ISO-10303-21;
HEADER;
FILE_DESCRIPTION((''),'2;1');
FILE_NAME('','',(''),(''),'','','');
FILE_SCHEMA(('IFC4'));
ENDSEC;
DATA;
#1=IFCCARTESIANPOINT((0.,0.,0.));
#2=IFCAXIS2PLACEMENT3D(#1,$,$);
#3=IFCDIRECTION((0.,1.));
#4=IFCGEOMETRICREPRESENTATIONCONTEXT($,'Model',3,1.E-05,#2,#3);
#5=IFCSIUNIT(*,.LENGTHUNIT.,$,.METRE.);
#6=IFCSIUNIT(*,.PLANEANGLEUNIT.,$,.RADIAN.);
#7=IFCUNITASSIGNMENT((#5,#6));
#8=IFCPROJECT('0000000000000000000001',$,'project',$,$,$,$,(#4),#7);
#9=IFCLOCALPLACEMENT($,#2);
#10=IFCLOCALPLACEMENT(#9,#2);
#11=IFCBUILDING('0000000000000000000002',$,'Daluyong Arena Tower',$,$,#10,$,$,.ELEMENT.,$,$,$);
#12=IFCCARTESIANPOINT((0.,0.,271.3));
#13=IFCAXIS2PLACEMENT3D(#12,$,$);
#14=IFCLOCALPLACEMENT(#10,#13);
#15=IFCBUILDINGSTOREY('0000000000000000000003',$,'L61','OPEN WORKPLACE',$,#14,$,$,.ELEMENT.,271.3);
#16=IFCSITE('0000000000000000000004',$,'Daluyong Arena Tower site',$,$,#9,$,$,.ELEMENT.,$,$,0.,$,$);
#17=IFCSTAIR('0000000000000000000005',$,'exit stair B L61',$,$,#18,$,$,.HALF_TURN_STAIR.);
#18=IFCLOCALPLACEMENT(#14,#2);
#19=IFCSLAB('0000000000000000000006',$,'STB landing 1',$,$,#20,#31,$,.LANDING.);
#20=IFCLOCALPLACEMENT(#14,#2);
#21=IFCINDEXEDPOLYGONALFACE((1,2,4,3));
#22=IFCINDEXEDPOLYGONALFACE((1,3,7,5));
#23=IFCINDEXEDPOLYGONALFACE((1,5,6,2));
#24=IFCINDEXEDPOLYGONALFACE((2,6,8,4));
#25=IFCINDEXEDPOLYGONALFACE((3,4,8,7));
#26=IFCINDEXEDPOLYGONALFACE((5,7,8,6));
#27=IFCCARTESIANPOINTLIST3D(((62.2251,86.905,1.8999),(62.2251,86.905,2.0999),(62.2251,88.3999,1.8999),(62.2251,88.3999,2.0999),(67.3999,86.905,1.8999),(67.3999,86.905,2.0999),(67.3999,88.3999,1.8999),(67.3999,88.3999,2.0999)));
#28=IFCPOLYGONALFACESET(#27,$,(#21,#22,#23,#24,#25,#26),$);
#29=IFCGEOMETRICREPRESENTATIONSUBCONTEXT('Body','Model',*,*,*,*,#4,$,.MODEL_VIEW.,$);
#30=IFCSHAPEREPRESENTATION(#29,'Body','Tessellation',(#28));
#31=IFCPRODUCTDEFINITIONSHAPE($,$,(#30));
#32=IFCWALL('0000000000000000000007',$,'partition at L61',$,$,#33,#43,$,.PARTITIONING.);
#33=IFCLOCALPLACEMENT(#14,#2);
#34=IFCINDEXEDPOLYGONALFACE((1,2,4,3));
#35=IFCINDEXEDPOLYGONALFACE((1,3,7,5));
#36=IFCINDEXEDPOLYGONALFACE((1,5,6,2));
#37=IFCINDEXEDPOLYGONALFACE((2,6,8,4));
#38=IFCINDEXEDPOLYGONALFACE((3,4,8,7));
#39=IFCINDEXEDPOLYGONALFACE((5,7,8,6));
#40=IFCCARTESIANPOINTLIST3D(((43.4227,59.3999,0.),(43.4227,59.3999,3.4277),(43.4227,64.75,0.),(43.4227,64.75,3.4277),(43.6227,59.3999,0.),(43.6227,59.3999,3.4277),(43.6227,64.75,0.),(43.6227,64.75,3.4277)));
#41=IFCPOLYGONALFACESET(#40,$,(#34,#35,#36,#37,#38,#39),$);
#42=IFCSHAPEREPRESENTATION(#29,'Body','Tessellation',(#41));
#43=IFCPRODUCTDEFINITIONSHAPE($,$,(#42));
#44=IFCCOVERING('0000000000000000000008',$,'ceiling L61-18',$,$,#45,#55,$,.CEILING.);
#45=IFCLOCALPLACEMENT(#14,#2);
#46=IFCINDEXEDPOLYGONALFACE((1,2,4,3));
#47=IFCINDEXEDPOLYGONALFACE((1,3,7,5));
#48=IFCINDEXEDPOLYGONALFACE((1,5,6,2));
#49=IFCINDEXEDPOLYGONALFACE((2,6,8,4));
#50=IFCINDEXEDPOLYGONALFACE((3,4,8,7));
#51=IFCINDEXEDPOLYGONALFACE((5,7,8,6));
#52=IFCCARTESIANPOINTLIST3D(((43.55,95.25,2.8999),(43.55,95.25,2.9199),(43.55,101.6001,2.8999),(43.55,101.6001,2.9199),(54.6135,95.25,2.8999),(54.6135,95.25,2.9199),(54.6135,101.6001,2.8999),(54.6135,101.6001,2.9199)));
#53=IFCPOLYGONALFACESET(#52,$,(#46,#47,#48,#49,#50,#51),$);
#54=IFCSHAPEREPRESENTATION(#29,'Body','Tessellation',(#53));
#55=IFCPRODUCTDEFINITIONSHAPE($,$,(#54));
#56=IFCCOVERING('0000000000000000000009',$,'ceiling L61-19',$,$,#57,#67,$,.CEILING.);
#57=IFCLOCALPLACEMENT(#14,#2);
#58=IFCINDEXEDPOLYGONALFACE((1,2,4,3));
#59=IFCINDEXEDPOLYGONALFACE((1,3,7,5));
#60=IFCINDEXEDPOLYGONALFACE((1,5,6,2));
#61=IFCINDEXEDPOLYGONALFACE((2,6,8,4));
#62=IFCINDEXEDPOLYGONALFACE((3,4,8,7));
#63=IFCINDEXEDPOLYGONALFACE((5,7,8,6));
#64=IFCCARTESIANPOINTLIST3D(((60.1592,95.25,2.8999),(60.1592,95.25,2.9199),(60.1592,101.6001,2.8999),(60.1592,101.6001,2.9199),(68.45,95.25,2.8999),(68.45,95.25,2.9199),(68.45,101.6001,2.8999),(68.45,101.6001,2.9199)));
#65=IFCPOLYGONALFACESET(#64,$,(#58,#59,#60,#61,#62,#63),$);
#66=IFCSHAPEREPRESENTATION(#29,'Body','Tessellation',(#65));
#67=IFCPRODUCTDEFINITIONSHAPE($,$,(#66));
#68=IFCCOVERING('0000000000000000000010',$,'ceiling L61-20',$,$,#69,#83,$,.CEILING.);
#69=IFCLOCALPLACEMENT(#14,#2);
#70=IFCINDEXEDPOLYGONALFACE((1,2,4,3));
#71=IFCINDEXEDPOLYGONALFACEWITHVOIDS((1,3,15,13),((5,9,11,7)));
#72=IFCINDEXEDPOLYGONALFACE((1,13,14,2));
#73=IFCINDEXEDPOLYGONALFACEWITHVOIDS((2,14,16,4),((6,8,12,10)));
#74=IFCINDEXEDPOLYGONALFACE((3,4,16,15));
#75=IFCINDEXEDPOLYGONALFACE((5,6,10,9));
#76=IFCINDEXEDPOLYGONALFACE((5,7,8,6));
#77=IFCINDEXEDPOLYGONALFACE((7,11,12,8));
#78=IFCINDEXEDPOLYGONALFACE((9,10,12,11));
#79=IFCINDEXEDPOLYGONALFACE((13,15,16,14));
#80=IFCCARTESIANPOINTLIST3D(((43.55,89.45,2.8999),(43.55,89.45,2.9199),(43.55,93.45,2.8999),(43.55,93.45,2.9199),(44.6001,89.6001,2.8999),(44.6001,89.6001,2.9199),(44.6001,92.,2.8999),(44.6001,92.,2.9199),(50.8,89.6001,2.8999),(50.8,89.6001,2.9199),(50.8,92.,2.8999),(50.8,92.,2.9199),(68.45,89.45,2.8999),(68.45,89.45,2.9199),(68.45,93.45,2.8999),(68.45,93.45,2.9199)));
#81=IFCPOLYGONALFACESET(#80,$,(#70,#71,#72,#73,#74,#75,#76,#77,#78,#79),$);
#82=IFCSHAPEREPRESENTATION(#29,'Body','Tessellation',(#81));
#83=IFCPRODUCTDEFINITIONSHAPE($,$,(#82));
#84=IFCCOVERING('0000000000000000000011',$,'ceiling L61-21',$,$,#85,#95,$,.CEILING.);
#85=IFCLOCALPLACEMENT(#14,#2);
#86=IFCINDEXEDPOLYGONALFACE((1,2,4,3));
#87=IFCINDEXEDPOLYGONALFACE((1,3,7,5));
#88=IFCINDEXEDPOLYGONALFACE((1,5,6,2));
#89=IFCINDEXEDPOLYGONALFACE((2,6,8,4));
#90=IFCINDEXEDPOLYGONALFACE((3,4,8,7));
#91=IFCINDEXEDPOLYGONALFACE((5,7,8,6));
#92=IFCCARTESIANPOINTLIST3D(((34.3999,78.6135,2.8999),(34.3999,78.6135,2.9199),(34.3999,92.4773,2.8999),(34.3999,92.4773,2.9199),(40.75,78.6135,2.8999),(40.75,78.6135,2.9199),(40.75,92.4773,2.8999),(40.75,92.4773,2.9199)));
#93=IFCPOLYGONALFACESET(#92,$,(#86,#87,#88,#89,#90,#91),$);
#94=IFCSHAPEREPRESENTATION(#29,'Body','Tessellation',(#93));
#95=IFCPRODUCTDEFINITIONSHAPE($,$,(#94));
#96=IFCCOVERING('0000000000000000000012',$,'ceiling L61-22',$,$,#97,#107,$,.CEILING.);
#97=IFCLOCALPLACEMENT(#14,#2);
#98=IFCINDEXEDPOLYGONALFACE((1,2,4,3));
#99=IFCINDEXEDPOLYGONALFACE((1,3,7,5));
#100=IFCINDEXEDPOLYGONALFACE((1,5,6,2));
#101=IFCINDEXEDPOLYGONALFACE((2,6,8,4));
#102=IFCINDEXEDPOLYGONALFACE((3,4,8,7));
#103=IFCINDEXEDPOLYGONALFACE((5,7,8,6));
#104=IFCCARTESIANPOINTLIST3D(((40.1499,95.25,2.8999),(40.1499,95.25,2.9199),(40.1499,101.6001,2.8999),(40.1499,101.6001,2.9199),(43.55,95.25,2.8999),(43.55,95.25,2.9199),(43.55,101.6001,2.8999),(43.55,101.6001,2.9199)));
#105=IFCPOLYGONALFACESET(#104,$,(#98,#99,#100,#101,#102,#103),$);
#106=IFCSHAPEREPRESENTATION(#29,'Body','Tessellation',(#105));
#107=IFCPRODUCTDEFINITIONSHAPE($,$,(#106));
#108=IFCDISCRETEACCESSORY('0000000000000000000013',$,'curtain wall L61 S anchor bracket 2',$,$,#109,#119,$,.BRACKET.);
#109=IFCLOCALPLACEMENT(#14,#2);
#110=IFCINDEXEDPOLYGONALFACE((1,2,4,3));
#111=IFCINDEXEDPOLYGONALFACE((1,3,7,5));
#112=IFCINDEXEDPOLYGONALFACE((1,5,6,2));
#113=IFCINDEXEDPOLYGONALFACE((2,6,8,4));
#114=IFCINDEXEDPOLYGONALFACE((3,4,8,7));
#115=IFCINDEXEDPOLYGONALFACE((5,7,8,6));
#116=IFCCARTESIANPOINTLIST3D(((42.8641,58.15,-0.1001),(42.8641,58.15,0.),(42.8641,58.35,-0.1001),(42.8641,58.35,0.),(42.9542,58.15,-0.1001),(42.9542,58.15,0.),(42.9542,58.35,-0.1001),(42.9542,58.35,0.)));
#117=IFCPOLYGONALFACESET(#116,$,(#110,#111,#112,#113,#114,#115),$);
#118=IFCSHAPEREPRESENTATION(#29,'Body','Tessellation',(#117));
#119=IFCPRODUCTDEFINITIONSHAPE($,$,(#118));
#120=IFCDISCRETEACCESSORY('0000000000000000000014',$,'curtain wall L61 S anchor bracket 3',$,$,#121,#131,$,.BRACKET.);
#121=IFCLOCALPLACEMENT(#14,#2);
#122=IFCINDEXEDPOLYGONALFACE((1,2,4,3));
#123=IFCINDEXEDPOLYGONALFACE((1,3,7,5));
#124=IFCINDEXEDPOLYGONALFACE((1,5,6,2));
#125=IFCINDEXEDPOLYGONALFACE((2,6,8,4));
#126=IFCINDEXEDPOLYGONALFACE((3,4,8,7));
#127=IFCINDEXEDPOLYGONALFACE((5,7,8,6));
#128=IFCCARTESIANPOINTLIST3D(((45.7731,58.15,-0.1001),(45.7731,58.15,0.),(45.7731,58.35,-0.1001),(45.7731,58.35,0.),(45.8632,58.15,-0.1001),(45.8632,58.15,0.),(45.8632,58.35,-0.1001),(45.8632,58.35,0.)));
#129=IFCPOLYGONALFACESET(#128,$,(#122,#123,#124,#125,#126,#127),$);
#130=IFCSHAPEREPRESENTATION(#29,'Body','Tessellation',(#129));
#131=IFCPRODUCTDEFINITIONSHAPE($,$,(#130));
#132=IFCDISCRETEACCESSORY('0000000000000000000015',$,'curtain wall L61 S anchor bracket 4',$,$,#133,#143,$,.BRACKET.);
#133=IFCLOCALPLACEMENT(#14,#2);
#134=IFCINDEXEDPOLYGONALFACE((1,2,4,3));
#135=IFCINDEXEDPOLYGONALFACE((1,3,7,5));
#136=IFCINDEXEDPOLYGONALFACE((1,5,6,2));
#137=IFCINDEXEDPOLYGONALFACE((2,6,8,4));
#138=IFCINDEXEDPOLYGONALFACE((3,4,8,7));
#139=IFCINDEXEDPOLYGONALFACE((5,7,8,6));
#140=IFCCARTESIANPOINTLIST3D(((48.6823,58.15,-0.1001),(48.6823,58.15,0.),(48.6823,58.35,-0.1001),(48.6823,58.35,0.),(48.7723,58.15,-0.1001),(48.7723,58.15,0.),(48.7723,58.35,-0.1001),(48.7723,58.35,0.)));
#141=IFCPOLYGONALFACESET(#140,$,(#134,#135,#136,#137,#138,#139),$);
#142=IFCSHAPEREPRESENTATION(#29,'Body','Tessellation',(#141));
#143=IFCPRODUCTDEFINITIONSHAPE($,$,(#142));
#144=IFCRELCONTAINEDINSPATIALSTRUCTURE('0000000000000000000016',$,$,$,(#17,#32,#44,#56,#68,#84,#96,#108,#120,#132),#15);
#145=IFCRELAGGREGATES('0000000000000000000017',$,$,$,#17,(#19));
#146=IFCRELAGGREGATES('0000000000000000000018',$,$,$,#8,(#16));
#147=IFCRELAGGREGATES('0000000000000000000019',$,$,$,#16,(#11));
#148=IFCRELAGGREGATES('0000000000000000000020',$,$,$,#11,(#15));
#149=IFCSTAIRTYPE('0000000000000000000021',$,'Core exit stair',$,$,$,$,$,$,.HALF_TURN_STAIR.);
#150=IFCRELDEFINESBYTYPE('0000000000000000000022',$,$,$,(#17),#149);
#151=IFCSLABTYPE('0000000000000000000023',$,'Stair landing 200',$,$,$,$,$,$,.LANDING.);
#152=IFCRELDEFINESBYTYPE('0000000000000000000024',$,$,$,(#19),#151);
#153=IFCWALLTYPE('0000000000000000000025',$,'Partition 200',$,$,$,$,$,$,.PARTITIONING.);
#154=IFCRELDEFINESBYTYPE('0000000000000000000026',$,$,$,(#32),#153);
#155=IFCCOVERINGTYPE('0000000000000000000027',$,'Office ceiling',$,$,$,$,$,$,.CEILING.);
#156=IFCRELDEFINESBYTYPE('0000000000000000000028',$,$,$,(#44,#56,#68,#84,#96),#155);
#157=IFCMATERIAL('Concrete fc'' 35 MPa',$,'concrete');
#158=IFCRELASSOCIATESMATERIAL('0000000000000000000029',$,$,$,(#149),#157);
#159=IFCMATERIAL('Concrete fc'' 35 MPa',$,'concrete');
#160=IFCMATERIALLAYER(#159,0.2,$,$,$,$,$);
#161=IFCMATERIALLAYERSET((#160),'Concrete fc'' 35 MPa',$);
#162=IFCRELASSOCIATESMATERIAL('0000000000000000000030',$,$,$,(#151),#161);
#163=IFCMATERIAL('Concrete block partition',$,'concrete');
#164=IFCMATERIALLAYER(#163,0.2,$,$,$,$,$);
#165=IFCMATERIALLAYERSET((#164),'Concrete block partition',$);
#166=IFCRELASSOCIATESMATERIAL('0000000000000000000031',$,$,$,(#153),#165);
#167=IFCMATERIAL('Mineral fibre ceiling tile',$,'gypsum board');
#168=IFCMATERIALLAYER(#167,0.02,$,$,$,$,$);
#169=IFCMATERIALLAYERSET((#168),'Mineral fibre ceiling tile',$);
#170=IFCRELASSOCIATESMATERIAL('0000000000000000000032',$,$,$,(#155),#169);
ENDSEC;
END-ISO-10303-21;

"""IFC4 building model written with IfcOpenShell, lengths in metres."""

from ifc_helpers import new_model, si_unit, direction, frame, frame_2d, origin, origin_2d, place, context, subcontext, project, spatial, polyline, rectangle, outline, extrude, material, layer, layer_set, type_object, element, aggregate, save


model = new_model("IFC4")

# Units and contexts
model_context = context("Model", 3, precision=1e-05, world=origin(), true_north=direction((0.0, 1.0)))
body_context = subcontext(model_context, "Body", "Model", "MODEL_VIEW")
ifc_project = project(units=[si_unit("LENGTHUNIT", "METRE"), si_unit("PLANEANGLEUNIT", "RADIAN")], contexts=[model_context])

# Site, building, storey
site_placement = place(None, origin())
site = spatial("IfcSite", under=ifc_project, at=site_placement, Name="Daluyong Arena Tower site", CompositionType="ELEMENT", RefElevation=0.0)
building_placement = place(site_placement, origin())
building = spatial("IfcBuilding", under=site, at=building_placement, Name="Daluyong Arena Tower", CompositionType="ELEMENT")
storey_placement = place(building_placement, frame((0.0, 0.0, 271.3)))
storey = spatial("IfcBuildingStorey", under=building, at=storey_placement, Name="L61", Description="OPEN WORKPLACE", CompositionType="ELEMENT", Elevation=271.3)

# Stair, slab
ifc_material_1 = material(Name="Concrete fc' 35 MPa", Category="concrete")
stair_type = type_object("IfcStairType", Name="Core exit stair", PredefinedType="HALF_TURN_STAIR", material=ifc_material_1)
ifc_material_2 = material(Name="Concrete fc' 35 MPa", Category="concrete")
ifc_layer_1 = layer(ifc_material_2, 0.2)
ifc_layer_set_1 = layer_set([ifc_layer_1], Name="Concrete fc' 35 MPa")
slab_type = type_object("IfcSlabType", Name="Stair landing 200", PredefinedType="LANDING", material=ifc_layer_set_1)
stair_1_placement = place(storey_placement, origin())
stair_1 = element("IfcStair", 1, at=stair_1_placement, inside=storey, type_object=stair_type, Name="exit stair B L61", PredefinedType="HALF_TURN_STAIR")
slab_1_placement = place(storey_placement, frame((0.0, 0.0, 1.8999)))
slab_1 = element("IfcSlab", 2, at=slab_1_placement, type_object=slab_type, Name="STB landing 1", PredefinedType="LANDING", context=body_context, shape_type="SweptSolid", body=[
    extrude(outline(polyline([(62.2251, 86.905), (67.3999, 86.905), (67.3999, 88.3999), (62.2251, 88.3999), (62.2251, 86.905)])), origin(), (0.0, 0.0, 1.0), 0.2),
])
aggregate(stair_1, [slab_1])

# Wall
ifc_material_3 = material(Name="Concrete block partition", Category="concrete")
ifc_layer_2 = layer(ifc_material_3, 0.2)
ifc_layer_set_2 = layer_set([ifc_layer_2], Name="Concrete block partition")
wall_type = type_object("IfcWallType", Name="Partition 200", PredefinedType="PARTITIONING", material=ifc_layer_set_2)
wall_placement = place(storey_placement, frame((43.5227, 59.3999, 0.0), z_axis=(0.0, 0.0, 1.0), x_axis=(0.0, 1.0, 0.0)))
element("IfcWall", 3, at=wall_placement, inside=storey, type_object=wall_type, Name="partition at L61", PredefinedType="PARTITIONING", context=body_context, shape_type="SweptSolid", body=[
    extrude(rectangle(XDim=5.3501, YDim=0.2, at=frame_2d((2.675, 0.0))), origin(), (0.0, 0.0, 1.0), 3.4277),
])

# Coverings
ifc_material_4 = material(Name="Mineral fibre ceiling tile", Category="gypsum board")
ifc_layer_3 = layer(ifc_material_4, 0.02)
ifc_layer_set_3 = layer_set([ifc_layer_3], Name="Mineral fibre ceiling tile")
covering_type = type_object("IfcCoveringType", Name="Office ceiling", PredefinedType="CEILING", material=ifc_layer_set_3)
covering_1_placement = place(storey_placement, frame((0.0, 0.0, 2.8999)))
element("IfcCovering", 4, at=covering_1_placement, inside=storey, type_object=covering_type, Name="ceiling L61-18", PredefinedType="CEILING", context=body_context, shape_type="SweptSolid", body=[
    extrude(outline(polyline([(54.6135, 101.6001), (43.55, 101.6001), (43.55, 95.25), (54.6135, 95.25), (54.6135, 101.6001)])), origin(), (0.0, 0.0, 1.0), 0.02),
])
covering_2_placement = place(storey_placement, frame((0.0, 0.0, 2.8999)))
element("IfcCovering", 5, at=covering_2_placement, inside=storey, type_object=covering_type, Name="ceiling L61-19", PredefinedType="CEILING", context=body_context, shape_type="SweptSolid", body=[
    extrude(outline(polyline([(68.45, 101.6001), (60.1592, 101.6001), (60.1592, 95.25), (68.45, 95.25), (68.45, 101.6001)])), origin(), (0.0, 0.0, 1.0), 0.02),
])
covering_3_placement = place(storey_placement, frame((0.0, 0.0, 2.8999)))
element("IfcCovering", 6, at=covering_3_placement, inside=storey, type_object=covering_type, Name="ceiling L61-20", PredefinedType="CEILING", context=body_context, shape_type="SweptSolid", body=[
    extrude(outline(polyline([(43.55, 93.45), (43.55, 89.45), (68.45, 89.45), (68.45, 93.45), (43.55, 93.45)]), holes=[polyline([(44.6001, 92.0), (50.8, 92.0), (50.8, 89.6001), (44.6001, 89.6001), (44.6001, 92.0)])]), origin(), (0.0, 0.0, 1.0), 0.02),
])
covering_4_placement = place(storey_placement, frame((0.0, 0.0, 2.8999)))
element("IfcCovering", 7, at=covering_4_placement, inside=storey, type_object=covering_type, Name="ceiling L61-21", PredefinedType="CEILING", context=body_context, shape_type="SweptSolid", body=[
    extrude(outline(polyline([(40.75, 78.6135), (40.75, 92.4773), (34.3999, 92.4773), (34.3999, 78.6135), (40.75, 78.6135)])), origin(), (0.0, 0.0, 1.0), 0.02),
])
covering_5_placement = place(storey_placement, frame((0.0, 0.0, 2.8999)))
element("IfcCovering", 8, at=covering_5_placement, inside=storey, type_object=covering_type, Name="ceiling L61-22", PredefinedType="CEILING", context=body_context, shape_type="SweptSolid", body=[
    extrude(outline(polyline([(40.1499, 95.25), (43.55, 95.25), (43.55, 101.6001), (40.1499, 101.6001), (40.1499, 95.25)])), origin(), (0.0, 0.0, 1.0), 0.02),
])

# Discrete accessories
for number, where, z_axis, x_axis, name in (
    (9, (42.9092, 58.25, -0.1001), (0.0, 0.0, 1.0), (1.0, 0.0, 0.0), "curtain wall L61 S anchor bracket 2"),
    (10, (45.8181, 58.25, -0.1001), (0.0, 0.0, 1.0), (1.0, 0.0, 0.0), "curtain wall L61 S anchor bracket 3"),
    (11, (48.7273, 58.25, -0.1001), (0.0, 0.0, 1.0), (1.0, 0.0, 0.0), "curtain wall L61 S anchor bracket 4"),
):
    element("IfcDiscreteAccessory", number, at=place(storey_placement, frame(where, z_axis=z_axis, x_axis=x_axis)), inside=storey, Name=name, PredefinedType="BRACKET", context=body_context, shape_type="SweptSolid", body=[
        extrude(rectangle(XDim=0.0901, YDim=0.2, at=origin_2d()), origin(), (0.0, 0.0, 1.0), 0.1001),
    ])

save(model, "model.ifc")
